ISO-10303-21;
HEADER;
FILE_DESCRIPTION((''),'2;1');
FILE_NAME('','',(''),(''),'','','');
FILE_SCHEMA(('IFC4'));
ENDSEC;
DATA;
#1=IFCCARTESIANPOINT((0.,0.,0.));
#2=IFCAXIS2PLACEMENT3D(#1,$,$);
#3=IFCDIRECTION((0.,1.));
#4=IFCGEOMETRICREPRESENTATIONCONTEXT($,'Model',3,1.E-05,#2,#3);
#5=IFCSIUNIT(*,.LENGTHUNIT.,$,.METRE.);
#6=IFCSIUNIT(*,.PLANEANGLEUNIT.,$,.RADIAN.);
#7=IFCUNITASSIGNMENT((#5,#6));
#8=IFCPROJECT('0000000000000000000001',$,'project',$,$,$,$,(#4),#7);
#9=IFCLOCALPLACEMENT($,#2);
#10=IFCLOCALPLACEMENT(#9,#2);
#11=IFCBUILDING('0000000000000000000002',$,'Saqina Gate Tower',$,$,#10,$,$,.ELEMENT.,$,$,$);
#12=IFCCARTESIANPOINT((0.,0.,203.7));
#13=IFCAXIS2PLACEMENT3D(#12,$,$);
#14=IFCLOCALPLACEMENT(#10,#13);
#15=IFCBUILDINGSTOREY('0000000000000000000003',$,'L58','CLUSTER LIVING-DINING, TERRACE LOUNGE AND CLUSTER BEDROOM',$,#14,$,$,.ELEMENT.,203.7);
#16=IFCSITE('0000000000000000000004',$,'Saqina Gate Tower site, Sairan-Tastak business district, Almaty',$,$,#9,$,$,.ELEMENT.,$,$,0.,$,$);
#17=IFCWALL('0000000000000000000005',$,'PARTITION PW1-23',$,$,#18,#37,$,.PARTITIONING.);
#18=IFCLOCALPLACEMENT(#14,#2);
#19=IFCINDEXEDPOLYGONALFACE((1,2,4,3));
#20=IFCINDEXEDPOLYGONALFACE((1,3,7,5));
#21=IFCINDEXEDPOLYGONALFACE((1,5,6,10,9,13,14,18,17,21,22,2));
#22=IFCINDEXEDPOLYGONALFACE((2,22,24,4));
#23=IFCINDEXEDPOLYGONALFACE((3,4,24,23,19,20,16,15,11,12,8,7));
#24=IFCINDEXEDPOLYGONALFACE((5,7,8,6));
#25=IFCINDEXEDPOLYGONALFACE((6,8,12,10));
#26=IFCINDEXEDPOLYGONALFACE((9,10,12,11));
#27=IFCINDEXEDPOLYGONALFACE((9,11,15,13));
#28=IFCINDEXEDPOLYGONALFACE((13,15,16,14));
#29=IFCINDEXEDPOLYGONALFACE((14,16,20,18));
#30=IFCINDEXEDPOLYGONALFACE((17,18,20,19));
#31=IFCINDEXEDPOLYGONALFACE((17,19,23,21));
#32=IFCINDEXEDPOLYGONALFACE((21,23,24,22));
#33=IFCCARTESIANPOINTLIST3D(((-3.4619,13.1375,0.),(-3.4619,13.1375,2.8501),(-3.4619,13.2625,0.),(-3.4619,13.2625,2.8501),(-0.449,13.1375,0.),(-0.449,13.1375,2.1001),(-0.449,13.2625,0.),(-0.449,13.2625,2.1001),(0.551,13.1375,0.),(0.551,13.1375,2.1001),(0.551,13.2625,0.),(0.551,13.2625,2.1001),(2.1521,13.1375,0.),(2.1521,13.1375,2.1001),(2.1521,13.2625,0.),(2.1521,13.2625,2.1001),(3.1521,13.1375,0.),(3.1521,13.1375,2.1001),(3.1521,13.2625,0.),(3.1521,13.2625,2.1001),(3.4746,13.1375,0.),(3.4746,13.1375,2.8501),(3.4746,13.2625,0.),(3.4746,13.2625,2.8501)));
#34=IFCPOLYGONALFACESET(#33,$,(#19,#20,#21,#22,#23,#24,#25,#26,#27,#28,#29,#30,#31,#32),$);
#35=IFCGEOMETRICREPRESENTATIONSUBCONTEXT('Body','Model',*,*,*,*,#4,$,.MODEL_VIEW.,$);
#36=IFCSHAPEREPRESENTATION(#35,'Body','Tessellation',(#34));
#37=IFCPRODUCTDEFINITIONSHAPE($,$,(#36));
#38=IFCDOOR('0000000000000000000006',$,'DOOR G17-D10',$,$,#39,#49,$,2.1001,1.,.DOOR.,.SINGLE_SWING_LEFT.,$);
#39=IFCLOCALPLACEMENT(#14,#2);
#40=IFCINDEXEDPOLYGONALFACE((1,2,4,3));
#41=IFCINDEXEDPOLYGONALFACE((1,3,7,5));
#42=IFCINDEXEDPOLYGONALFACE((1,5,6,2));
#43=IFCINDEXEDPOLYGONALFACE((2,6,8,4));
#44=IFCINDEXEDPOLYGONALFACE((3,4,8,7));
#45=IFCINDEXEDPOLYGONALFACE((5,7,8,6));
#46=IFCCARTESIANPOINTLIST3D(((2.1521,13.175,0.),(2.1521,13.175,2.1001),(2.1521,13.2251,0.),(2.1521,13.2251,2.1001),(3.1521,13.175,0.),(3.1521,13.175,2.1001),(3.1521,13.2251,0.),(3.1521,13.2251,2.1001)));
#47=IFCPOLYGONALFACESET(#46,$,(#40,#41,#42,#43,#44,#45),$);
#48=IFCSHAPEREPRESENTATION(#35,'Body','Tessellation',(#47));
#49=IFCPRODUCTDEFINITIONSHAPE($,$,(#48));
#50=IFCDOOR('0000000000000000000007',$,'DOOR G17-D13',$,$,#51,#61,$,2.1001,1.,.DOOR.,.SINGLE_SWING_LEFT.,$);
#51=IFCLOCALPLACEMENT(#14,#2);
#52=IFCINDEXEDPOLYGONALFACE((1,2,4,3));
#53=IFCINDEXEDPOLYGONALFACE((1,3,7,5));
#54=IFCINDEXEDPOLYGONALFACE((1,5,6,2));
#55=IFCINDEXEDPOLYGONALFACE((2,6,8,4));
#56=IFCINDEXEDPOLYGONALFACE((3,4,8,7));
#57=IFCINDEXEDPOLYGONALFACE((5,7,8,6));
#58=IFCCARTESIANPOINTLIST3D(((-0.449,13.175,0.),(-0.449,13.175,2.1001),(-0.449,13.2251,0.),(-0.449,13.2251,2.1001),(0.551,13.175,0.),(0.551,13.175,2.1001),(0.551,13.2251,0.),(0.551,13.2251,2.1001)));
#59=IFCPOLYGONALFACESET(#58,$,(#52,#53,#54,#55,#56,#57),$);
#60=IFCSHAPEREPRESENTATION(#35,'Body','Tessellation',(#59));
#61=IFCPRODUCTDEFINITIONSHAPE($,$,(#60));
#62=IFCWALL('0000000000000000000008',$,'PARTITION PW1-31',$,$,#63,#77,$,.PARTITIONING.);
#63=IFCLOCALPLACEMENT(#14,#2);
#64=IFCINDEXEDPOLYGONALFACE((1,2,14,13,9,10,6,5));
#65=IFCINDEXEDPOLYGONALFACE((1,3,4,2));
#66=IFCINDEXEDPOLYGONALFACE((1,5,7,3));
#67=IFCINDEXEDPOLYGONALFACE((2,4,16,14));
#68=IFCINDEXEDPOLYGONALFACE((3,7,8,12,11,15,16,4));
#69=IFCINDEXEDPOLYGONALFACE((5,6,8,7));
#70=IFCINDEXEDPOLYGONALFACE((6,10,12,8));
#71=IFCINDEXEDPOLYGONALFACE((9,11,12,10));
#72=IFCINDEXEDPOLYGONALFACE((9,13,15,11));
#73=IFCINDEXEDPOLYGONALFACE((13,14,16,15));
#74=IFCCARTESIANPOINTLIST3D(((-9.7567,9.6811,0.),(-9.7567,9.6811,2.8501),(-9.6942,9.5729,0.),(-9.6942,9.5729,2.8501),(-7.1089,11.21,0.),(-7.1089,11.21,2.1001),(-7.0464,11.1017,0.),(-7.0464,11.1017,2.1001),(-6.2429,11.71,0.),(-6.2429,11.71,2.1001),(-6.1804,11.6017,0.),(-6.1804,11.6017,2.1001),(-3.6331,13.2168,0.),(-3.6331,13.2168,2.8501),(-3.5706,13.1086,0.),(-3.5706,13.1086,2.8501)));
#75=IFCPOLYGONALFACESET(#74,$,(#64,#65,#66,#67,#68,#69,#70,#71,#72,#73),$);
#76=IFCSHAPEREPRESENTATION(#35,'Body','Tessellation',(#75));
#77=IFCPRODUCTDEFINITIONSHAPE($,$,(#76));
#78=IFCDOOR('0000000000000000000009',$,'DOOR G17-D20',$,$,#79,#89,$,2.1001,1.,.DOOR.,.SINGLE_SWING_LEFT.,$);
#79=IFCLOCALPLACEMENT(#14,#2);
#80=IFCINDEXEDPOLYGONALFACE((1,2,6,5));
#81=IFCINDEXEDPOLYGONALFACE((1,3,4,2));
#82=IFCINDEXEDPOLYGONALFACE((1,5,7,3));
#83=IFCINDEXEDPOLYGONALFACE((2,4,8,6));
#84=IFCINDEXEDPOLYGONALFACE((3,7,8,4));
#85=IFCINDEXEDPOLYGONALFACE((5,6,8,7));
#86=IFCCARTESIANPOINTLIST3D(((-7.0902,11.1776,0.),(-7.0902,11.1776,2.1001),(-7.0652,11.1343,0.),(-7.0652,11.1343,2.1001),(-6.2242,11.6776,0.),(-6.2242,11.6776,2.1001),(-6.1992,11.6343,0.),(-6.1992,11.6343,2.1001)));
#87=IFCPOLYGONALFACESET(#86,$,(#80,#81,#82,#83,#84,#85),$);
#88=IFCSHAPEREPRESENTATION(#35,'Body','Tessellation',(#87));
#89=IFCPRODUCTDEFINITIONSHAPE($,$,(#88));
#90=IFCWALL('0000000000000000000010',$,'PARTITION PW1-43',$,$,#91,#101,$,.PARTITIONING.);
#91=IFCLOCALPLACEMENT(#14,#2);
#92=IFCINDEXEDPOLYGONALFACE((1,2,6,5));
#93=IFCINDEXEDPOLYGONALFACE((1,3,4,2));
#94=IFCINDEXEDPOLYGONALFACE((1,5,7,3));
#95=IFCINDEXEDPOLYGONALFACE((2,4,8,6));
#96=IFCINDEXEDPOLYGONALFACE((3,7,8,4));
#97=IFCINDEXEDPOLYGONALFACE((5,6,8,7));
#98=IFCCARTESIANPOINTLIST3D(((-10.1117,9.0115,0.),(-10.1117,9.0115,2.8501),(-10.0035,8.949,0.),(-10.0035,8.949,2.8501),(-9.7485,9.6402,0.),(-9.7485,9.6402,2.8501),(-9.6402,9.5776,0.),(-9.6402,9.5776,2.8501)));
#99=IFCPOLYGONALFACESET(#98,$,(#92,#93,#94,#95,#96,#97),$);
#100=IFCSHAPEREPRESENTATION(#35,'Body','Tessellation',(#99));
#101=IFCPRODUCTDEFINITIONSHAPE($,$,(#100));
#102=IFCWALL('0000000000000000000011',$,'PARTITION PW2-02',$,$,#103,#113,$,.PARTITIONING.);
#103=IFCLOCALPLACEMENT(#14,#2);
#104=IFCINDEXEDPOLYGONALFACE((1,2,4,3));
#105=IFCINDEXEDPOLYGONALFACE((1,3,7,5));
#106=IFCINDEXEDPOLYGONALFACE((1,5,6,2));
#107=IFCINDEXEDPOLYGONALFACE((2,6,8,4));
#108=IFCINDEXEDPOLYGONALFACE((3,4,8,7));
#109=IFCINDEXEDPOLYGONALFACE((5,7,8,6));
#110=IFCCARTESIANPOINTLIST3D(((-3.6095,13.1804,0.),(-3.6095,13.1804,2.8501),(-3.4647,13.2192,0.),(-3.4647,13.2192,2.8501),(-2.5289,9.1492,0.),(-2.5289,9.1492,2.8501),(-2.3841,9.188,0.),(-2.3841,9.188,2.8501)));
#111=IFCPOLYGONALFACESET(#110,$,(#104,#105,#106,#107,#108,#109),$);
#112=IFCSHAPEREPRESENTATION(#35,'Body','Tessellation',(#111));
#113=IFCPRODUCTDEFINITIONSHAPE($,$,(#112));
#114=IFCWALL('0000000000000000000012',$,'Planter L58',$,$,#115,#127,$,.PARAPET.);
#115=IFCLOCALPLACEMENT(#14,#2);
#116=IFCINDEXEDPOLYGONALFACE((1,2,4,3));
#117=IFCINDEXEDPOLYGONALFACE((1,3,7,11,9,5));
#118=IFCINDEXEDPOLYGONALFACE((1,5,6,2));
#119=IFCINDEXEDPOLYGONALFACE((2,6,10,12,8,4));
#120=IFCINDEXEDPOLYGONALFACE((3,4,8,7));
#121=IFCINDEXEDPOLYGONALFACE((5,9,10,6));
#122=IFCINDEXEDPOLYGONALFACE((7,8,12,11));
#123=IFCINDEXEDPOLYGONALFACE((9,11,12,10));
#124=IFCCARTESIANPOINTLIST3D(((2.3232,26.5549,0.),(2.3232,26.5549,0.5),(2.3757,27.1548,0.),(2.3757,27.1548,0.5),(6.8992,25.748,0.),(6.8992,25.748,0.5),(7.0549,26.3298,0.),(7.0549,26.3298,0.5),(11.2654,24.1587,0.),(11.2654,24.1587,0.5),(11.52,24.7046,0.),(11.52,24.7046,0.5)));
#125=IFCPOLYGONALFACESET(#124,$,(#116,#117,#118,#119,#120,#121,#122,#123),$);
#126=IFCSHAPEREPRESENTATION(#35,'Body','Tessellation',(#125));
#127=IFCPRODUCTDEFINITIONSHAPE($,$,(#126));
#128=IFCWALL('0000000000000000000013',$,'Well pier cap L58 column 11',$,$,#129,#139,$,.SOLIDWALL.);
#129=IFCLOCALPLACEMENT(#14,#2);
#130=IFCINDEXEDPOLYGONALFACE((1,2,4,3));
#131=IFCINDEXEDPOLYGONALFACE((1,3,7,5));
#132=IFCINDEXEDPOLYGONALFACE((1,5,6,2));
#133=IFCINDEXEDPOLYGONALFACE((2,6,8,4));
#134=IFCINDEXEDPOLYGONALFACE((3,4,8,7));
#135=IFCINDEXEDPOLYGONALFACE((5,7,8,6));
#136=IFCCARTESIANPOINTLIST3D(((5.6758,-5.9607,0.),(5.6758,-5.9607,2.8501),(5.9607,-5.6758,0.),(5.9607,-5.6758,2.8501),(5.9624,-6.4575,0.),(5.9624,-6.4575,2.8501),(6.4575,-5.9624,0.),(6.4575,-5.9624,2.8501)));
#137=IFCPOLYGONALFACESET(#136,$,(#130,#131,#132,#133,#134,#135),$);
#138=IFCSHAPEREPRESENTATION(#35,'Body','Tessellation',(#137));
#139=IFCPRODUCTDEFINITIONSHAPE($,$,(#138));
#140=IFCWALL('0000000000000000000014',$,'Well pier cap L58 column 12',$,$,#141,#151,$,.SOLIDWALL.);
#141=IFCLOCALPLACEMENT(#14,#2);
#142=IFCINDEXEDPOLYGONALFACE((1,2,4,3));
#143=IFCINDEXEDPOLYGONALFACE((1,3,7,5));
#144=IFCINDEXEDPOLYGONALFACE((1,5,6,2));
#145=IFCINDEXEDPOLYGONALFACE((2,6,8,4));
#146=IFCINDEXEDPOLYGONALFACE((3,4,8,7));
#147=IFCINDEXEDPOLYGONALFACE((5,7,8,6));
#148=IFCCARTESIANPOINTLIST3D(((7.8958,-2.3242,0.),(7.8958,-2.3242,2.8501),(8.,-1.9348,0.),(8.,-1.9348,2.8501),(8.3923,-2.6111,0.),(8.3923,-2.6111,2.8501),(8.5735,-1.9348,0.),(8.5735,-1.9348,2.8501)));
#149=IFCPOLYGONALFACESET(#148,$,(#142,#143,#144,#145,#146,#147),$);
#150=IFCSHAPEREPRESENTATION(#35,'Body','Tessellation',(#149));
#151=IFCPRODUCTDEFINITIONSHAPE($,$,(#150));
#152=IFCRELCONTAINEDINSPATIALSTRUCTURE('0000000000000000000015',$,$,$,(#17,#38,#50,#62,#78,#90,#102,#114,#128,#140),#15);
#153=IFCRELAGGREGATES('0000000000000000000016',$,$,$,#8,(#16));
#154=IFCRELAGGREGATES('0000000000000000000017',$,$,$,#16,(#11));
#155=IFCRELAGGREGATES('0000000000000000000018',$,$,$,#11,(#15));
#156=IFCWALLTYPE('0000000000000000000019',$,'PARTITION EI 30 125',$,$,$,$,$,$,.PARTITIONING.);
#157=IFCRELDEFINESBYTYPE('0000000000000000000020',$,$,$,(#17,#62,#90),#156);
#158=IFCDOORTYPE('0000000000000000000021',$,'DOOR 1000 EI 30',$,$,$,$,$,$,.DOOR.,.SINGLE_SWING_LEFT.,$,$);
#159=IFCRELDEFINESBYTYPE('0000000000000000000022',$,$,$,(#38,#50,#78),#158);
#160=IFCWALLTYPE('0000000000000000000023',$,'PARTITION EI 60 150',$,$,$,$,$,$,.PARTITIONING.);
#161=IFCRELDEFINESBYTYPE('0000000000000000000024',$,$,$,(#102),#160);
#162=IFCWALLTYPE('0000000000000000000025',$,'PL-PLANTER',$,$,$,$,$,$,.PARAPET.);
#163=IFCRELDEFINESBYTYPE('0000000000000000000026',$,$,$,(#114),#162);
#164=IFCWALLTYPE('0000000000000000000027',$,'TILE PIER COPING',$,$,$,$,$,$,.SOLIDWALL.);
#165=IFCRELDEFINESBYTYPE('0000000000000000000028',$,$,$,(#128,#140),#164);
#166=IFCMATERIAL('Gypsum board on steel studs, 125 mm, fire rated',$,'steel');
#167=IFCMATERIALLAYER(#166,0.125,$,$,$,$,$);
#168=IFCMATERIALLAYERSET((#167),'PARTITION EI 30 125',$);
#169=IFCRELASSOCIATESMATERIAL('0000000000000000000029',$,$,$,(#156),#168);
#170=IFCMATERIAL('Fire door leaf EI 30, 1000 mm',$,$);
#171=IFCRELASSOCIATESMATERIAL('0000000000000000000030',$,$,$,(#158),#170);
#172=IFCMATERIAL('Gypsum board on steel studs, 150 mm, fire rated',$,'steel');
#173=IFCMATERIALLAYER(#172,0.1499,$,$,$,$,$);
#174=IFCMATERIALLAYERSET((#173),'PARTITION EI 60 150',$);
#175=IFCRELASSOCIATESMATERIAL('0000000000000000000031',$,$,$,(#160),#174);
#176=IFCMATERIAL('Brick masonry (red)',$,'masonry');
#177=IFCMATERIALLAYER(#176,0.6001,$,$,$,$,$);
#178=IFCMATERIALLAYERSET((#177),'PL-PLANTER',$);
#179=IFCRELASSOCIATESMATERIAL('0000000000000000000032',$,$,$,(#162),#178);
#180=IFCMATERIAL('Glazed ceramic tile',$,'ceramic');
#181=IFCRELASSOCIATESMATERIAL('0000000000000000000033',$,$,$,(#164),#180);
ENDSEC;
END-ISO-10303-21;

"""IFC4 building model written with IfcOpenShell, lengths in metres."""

from ifc_helpers import new_model, si_unit, direction, frame, frame_2d, origin, place, context, subcontext, project, spatial, polyline, rectangle, outline, extrude, material, layer, layer_set, type_object, element, fill, save


model = new_model("IFC4")

# Units and contexts
model_context = context("Model", 3, precision=1e-05, world=origin(), true_north=direction((0.0, 1.0)))
body_context = subcontext(model_context, "Body", "Model", "MODEL_VIEW")
ifc_project = project(units=[si_unit("LENGTHUNIT", "METRE"), si_unit("PLANEANGLEUNIT", "RADIAN")], contexts=[model_context])

# Site, building, storey
site_placement = place(None, origin())
site = spatial("IfcSite", under=ifc_project, at=site_placement, Name="Saqina Gate Tower site, Sairan-Tastak business district, Almaty", CompositionType="ELEMENT", RefElevation=0.0)
building_placement = place(site_placement, origin())
building = spatial("IfcBuilding", under=site, at=building_placement, Name="Saqina Gate Tower", CompositionType="ELEMENT")
storey_placement = place(building_placement, frame((0.0, 0.0, 203.7)))
storey = spatial("IfcBuildingStorey", under=building, at=storey_placement, Name="L58", Description="CLUSTER LIVING-DINING, TERRACE LOUNGE AND CLUSTER BEDROOM", CompositionType="ELEMENT", Elevation=203.7)

# Shared definitions
ifc_material_1 = material(Name="Gypsum board on steel studs, 125 mm, fire rated", Category="steel")
ifc_layer_1 = layer(ifc_material_1, 0.125)
ifc_layer_set_1 = layer_set([ifc_layer_1], Name="PARTITION EI 30 125")
wall_type_1 = type_object("IfcWallType", Name="PARTITION EI 30 125", PredefinedType="PARTITIONING", material=ifc_layer_set_1)

# Wall, openings, doors
wall_1_placement = place(storey_placement, frame((-3.4619, 13.2, 0.0), z_axis=(0.0, 0.0, 1.0), x_axis=(1.0, 0.0, 0.0)))
wall_1 = element("IfcWall", 1, at=wall_1_placement, inside=storey, type_object=wall_type_1, Name="PARTITION PW1-23", PredefinedType="PARTITIONING", context=body_context, shape_type="SweptSolid", body=[
    extrude(rectangle(XDim=6.9365, YDim=0.125, at=frame_2d((3.4683, 0.0))), origin(), (0.0, 0.0, 1.0), 2.8501),
])
opening_1_placement = place(wall_1_placement, frame((5.614, 0.0, 0.0)))
opening_1 = element("IfcOpeningElement", 2, at=opening_1_placement, cuts=wall_1, PredefinedType="OPENING", context=body_context, shape_type="SweptSolid", body=[
    extrude(rectangle(XDim=1.0, YDim=2.1001, at=frame_2d((0.5, 1.05))), frame((0.0, 0.0745, 0.0), z_axis=(0.0, -1.0, 0.0), x_axis=(1.0, 0.0, 0.0)), (0.0, 0.0, 1.0), 0.1489),
])
opening_2_placement = place(wall_1_placement, frame((3.0129, 0.0, 0.0)))
opening_2 = element("IfcOpeningElement", 3, at=opening_2_placement, cuts=wall_1, PredefinedType="OPENING", context=body_context, shape_type="SweptSolid", body=[
    extrude(rectangle(XDim=1.0, YDim=2.1001, at=frame_2d((0.5, 1.05))), frame((0.0, 0.0745, 0.0), z_axis=(0.0, -1.0, 0.0), x_axis=(1.0, 0.0, 0.0)), (0.0, 0.0, 1.0), 0.1489),
])
ifc_material_2 = material(Name="Fire door leaf EI 30, 1000 mm")
door_type_1 = type_object("IfcDoorType", Name="DOOR 1000 EI 30", OperationType="SINGLE_SWING_LEFT", PredefinedType="DOOR", material=ifc_material_2)
door_1_placement = place(opening_1_placement, frame((1.0, 0.0, 0.0), z_axis=(0.0, 0.0, 1.0), x_axis=(-1.0, 0.0, 0.0)))
door_1 = element("IfcDoor", 4, at=door_1_placement, inside=storey, type_object=door_type_1, Name="DOOR G17-D10", OperationType="SINGLE_SWING_LEFT", OverallHeight=2.1001, OverallWidth=1.0, PredefinedType="DOOR", context=body_context, shape_type="SweptSolid", body=[
    extrude(rectangle(XDim=1.0, YDim=2.1001, at=frame_2d((0.5, 1.05))), frame((0.0, 0.0249, 0.0), z_axis=(0.0, -1.0, 0.0), x_axis=(1.0, 0.0, 0.0)), (0.0, 0.0, 1.0), 0.05),
])
fill(opening_1, door_1)
door_2_placement = place(opening_2_placement, frame((1.0, 0.0, 0.0), z_axis=(0.0, 0.0, 1.0), x_axis=(-1.0, 0.0, 0.0)))
door_2 = element("IfcDoor", 5, at=door_2_placement, inside=storey, type_object=door_type_1, Name="DOOR G17-D13", OperationType="SINGLE_SWING_LEFT", OverallHeight=2.1001, OverallWidth=1.0, PredefinedType="DOOR", context=body_context, shape_type="SweptSolid", body=[
    extrude(rectangle(XDim=1.0, YDim=2.1001, at=frame_2d((0.5, 1.05))), frame((0.0, 0.0249, 0.0), z_axis=(0.0, -1.0, 0.0), x_axis=(1.0, 0.0, 0.0)), (0.0, 0.0, 1.0), 0.05),
])
fill(opening_2, door_2)

# Wall, opening, door
wall_2_placement = place(storey_placement, frame((-9.7256, 9.627, 0.0), z_axis=(0.0, 0.0, 1.0), x_axis=(0.866012, 0.500023, 0.0)))
wall_2 = element("IfcWall", 6, at=wall_2_placement, inside=storey, type_object=wall_type_1, Name="PARTITION PW1-31", PredefinedType="PARTITIONING", context=body_context, shape_type="SweptSolid", body=[
    extrude(rectangle(XDim=7.071, YDim=0.125, at=frame_2d((3.5356, 0.0))), origin(), (0.0, 0.0, 1.0), 2.8501),
])
opening_3_placement = place(wall_2_placement, frame((3.0576, 0.0, 0.0)))
opening_3 = element("IfcOpeningElement", 7, at=opening_3_placement, cuts=wall_2, PredefinedType="OPENING", context=body_context, shape_type="SweptSolid", body=[
    extrude(rectangle(XDim=1.0, YDim=2.1001, at=frame_2d((0.5, 1.05))), frame((0.0, 0.0745, 0.0), z_axis=(0.0, -1.0, 0.0), x_axis=(1.0, 0.0, 0.0)), (0.0, 0.0, 1.0), 0.1489),
])
door_3_placement = place(opening_3_placement, frame((1.0, 0.0, 0.0), z_axis=(0.0, 0.0, 1.0), x_axis=(-1.0, 0.0, 0.0)))
door_3 = element("IfcDoor", 8, at=door_3_placement, inside=storey, type_object=door_type_1, Name="DOOR G17-D20", OperationType="SINGLE_SWING_LEFT", OverallHeight=2.1001, OverallWidth=1.0, PredefinedType="DOOR", context=body_context, shape_type="SweptSolid", body=[
    extrude(rectangle(XDim=1.0, YDim=2.1001, at=frame_2d((0.5, 1.05))), frame((0.0, 0.0249, 0.0), z_axis=(0.0, -1.0, 0.0), x_axis=(1.0, 0.0, 0.0)), (0.0, 0.0, 1.0), 0.05),
])
fill(opening_3, door_3)

# Walls
wall_3_placement = place(storey_placement, frame((-10.0576, 8.9802, 0.0), z_axis=(0.0, 0.0, 1.0), x_axis=(0.500334, 0.865833, 0.0)))
element("IfcWall", 9, at=wall_3_placement, inside=storey, type_object=wall_type_1, Name="PARTITION PW1-43", PredefinedType="PARTITIONING", context=body_context, shape_type="SweptSolid", body=[
    extrude(rectangle(XDim=0.7261, YDim=0.125, at=frame_2d((0.363, 0.0))), origin(), (0.0, 0.0, 1.0), 2.8501),
])
ifc_material_3 = material(Name="Gypsum board on steel studs, 150 mm, fire rated", Category="steel")
ifc_layer_2 = layer(ifc_material_3, 0.1499)
ifc_layer_set_2 = layer_set([ifc_layer_2], Name="PARTITION EI 60 150")
wall_type_2 = type_object("IfcWallType", Name="PARTITION EI 60 150", PredefinedType="PARTITIONING", material=ifc_layer_set_2)
wall_4_placement = place(storey_placement, frame((-3.5371, 13.2, 0.0), z_axis=(0.0, 0.0, 1.0), x_axis=(0.258908, -0.965902, 0.0)))
element("IfcWall", 10, at=wall_4_placement, inside=storey, type_object=wall_type_2, Name="PARTITION PW2-02", PredefinedType="PARTITIONING", context=body_context, shape_type="SweptSolid", body=[
    extrude(rectangle(XDim=4.1736, YDim=0.1499, at=frame_2d((2.0869, 0.0))), origin(), (0.0, 0.0, 1.0), 2.8501),
])
ifc_material_4 = material(Name="Brick masonry (red)", Category="masonry")
ifc_layer_3 = layer(ifc_material_4, 0.6001)
ifc_layer_set_3 = layer_set([ifc_layer_3], Name="PL-PLANTER")
wall_type_3 = type_object("IfcWallType", Name="PL-PLANTER", PredefinedType="PARAPET", material=ifc_layer_set_3)
wall_5_placement = place(storey_placement, origin())
element("IfcWall", 11, at=wall_5_placement, inside=storey, type_object=wall_type_3, Name="Planter L58", PredefinedType="PARAPET", context=body_context, shape_type="SweptSolid", body=[
    extrude(outline(polyline([(11.52, 24.7046), (7.0549, 26.3298), (2.3757, 27.1548), (2.3232, 26.5549), (6.8992, 25.748), (11.2654, 24.1587), (11.52, 24.7046)])), origin(), (0.0, 0.0, 1.0), 0.5),
])
ifc_material_5 = material(Name="Glazed ceramic tile", Category="ceramic")
wall_type_4 = type_object("IfcWallType", Name="TILE PIER COPING", PredefinedType="SOLIDWALL", material=ifc_material_5)
wall_6_placement = place(storey_placement, origin())
element("IfcWall", 12, at=wall_6_placement, inside=storey, type_object=wall_type_4, Name="Well pier cap L58 column 11", PredefinedType="SOLIDWALL", context=body_context, shape_type="SweptSolid", body=[
    extrude(outline(polyline([(5.9624, -6.4575), (6.4575, -5.9624), (5.9607, -5.6758), (5.6758, -5.9607), (5.9624, -6.4575)])), origin(), (0.0, 0.0, 1.0), 2.8501),
])
wall_7_placement = place(storey_placement, origin())
element("IfcWall", 13, at=wall_7_placement, inside=storey, type_object=wall_type_4, Name="Well pier cap L58 column 12", PredefinedType="SOLIDWALL", context=body_context, shape_type="SweptSolid", body=[
    extrude(outline(polyline([(8.5735, -1.9348), (8.0, -1.9348), (7.8958, -2.3242), (8.3923, -2.6111), (8.5735, -1.9348)])), origin(), (0.0, 0.0, 1.0), 2.8501),
])

save(model, "model.ifc")
